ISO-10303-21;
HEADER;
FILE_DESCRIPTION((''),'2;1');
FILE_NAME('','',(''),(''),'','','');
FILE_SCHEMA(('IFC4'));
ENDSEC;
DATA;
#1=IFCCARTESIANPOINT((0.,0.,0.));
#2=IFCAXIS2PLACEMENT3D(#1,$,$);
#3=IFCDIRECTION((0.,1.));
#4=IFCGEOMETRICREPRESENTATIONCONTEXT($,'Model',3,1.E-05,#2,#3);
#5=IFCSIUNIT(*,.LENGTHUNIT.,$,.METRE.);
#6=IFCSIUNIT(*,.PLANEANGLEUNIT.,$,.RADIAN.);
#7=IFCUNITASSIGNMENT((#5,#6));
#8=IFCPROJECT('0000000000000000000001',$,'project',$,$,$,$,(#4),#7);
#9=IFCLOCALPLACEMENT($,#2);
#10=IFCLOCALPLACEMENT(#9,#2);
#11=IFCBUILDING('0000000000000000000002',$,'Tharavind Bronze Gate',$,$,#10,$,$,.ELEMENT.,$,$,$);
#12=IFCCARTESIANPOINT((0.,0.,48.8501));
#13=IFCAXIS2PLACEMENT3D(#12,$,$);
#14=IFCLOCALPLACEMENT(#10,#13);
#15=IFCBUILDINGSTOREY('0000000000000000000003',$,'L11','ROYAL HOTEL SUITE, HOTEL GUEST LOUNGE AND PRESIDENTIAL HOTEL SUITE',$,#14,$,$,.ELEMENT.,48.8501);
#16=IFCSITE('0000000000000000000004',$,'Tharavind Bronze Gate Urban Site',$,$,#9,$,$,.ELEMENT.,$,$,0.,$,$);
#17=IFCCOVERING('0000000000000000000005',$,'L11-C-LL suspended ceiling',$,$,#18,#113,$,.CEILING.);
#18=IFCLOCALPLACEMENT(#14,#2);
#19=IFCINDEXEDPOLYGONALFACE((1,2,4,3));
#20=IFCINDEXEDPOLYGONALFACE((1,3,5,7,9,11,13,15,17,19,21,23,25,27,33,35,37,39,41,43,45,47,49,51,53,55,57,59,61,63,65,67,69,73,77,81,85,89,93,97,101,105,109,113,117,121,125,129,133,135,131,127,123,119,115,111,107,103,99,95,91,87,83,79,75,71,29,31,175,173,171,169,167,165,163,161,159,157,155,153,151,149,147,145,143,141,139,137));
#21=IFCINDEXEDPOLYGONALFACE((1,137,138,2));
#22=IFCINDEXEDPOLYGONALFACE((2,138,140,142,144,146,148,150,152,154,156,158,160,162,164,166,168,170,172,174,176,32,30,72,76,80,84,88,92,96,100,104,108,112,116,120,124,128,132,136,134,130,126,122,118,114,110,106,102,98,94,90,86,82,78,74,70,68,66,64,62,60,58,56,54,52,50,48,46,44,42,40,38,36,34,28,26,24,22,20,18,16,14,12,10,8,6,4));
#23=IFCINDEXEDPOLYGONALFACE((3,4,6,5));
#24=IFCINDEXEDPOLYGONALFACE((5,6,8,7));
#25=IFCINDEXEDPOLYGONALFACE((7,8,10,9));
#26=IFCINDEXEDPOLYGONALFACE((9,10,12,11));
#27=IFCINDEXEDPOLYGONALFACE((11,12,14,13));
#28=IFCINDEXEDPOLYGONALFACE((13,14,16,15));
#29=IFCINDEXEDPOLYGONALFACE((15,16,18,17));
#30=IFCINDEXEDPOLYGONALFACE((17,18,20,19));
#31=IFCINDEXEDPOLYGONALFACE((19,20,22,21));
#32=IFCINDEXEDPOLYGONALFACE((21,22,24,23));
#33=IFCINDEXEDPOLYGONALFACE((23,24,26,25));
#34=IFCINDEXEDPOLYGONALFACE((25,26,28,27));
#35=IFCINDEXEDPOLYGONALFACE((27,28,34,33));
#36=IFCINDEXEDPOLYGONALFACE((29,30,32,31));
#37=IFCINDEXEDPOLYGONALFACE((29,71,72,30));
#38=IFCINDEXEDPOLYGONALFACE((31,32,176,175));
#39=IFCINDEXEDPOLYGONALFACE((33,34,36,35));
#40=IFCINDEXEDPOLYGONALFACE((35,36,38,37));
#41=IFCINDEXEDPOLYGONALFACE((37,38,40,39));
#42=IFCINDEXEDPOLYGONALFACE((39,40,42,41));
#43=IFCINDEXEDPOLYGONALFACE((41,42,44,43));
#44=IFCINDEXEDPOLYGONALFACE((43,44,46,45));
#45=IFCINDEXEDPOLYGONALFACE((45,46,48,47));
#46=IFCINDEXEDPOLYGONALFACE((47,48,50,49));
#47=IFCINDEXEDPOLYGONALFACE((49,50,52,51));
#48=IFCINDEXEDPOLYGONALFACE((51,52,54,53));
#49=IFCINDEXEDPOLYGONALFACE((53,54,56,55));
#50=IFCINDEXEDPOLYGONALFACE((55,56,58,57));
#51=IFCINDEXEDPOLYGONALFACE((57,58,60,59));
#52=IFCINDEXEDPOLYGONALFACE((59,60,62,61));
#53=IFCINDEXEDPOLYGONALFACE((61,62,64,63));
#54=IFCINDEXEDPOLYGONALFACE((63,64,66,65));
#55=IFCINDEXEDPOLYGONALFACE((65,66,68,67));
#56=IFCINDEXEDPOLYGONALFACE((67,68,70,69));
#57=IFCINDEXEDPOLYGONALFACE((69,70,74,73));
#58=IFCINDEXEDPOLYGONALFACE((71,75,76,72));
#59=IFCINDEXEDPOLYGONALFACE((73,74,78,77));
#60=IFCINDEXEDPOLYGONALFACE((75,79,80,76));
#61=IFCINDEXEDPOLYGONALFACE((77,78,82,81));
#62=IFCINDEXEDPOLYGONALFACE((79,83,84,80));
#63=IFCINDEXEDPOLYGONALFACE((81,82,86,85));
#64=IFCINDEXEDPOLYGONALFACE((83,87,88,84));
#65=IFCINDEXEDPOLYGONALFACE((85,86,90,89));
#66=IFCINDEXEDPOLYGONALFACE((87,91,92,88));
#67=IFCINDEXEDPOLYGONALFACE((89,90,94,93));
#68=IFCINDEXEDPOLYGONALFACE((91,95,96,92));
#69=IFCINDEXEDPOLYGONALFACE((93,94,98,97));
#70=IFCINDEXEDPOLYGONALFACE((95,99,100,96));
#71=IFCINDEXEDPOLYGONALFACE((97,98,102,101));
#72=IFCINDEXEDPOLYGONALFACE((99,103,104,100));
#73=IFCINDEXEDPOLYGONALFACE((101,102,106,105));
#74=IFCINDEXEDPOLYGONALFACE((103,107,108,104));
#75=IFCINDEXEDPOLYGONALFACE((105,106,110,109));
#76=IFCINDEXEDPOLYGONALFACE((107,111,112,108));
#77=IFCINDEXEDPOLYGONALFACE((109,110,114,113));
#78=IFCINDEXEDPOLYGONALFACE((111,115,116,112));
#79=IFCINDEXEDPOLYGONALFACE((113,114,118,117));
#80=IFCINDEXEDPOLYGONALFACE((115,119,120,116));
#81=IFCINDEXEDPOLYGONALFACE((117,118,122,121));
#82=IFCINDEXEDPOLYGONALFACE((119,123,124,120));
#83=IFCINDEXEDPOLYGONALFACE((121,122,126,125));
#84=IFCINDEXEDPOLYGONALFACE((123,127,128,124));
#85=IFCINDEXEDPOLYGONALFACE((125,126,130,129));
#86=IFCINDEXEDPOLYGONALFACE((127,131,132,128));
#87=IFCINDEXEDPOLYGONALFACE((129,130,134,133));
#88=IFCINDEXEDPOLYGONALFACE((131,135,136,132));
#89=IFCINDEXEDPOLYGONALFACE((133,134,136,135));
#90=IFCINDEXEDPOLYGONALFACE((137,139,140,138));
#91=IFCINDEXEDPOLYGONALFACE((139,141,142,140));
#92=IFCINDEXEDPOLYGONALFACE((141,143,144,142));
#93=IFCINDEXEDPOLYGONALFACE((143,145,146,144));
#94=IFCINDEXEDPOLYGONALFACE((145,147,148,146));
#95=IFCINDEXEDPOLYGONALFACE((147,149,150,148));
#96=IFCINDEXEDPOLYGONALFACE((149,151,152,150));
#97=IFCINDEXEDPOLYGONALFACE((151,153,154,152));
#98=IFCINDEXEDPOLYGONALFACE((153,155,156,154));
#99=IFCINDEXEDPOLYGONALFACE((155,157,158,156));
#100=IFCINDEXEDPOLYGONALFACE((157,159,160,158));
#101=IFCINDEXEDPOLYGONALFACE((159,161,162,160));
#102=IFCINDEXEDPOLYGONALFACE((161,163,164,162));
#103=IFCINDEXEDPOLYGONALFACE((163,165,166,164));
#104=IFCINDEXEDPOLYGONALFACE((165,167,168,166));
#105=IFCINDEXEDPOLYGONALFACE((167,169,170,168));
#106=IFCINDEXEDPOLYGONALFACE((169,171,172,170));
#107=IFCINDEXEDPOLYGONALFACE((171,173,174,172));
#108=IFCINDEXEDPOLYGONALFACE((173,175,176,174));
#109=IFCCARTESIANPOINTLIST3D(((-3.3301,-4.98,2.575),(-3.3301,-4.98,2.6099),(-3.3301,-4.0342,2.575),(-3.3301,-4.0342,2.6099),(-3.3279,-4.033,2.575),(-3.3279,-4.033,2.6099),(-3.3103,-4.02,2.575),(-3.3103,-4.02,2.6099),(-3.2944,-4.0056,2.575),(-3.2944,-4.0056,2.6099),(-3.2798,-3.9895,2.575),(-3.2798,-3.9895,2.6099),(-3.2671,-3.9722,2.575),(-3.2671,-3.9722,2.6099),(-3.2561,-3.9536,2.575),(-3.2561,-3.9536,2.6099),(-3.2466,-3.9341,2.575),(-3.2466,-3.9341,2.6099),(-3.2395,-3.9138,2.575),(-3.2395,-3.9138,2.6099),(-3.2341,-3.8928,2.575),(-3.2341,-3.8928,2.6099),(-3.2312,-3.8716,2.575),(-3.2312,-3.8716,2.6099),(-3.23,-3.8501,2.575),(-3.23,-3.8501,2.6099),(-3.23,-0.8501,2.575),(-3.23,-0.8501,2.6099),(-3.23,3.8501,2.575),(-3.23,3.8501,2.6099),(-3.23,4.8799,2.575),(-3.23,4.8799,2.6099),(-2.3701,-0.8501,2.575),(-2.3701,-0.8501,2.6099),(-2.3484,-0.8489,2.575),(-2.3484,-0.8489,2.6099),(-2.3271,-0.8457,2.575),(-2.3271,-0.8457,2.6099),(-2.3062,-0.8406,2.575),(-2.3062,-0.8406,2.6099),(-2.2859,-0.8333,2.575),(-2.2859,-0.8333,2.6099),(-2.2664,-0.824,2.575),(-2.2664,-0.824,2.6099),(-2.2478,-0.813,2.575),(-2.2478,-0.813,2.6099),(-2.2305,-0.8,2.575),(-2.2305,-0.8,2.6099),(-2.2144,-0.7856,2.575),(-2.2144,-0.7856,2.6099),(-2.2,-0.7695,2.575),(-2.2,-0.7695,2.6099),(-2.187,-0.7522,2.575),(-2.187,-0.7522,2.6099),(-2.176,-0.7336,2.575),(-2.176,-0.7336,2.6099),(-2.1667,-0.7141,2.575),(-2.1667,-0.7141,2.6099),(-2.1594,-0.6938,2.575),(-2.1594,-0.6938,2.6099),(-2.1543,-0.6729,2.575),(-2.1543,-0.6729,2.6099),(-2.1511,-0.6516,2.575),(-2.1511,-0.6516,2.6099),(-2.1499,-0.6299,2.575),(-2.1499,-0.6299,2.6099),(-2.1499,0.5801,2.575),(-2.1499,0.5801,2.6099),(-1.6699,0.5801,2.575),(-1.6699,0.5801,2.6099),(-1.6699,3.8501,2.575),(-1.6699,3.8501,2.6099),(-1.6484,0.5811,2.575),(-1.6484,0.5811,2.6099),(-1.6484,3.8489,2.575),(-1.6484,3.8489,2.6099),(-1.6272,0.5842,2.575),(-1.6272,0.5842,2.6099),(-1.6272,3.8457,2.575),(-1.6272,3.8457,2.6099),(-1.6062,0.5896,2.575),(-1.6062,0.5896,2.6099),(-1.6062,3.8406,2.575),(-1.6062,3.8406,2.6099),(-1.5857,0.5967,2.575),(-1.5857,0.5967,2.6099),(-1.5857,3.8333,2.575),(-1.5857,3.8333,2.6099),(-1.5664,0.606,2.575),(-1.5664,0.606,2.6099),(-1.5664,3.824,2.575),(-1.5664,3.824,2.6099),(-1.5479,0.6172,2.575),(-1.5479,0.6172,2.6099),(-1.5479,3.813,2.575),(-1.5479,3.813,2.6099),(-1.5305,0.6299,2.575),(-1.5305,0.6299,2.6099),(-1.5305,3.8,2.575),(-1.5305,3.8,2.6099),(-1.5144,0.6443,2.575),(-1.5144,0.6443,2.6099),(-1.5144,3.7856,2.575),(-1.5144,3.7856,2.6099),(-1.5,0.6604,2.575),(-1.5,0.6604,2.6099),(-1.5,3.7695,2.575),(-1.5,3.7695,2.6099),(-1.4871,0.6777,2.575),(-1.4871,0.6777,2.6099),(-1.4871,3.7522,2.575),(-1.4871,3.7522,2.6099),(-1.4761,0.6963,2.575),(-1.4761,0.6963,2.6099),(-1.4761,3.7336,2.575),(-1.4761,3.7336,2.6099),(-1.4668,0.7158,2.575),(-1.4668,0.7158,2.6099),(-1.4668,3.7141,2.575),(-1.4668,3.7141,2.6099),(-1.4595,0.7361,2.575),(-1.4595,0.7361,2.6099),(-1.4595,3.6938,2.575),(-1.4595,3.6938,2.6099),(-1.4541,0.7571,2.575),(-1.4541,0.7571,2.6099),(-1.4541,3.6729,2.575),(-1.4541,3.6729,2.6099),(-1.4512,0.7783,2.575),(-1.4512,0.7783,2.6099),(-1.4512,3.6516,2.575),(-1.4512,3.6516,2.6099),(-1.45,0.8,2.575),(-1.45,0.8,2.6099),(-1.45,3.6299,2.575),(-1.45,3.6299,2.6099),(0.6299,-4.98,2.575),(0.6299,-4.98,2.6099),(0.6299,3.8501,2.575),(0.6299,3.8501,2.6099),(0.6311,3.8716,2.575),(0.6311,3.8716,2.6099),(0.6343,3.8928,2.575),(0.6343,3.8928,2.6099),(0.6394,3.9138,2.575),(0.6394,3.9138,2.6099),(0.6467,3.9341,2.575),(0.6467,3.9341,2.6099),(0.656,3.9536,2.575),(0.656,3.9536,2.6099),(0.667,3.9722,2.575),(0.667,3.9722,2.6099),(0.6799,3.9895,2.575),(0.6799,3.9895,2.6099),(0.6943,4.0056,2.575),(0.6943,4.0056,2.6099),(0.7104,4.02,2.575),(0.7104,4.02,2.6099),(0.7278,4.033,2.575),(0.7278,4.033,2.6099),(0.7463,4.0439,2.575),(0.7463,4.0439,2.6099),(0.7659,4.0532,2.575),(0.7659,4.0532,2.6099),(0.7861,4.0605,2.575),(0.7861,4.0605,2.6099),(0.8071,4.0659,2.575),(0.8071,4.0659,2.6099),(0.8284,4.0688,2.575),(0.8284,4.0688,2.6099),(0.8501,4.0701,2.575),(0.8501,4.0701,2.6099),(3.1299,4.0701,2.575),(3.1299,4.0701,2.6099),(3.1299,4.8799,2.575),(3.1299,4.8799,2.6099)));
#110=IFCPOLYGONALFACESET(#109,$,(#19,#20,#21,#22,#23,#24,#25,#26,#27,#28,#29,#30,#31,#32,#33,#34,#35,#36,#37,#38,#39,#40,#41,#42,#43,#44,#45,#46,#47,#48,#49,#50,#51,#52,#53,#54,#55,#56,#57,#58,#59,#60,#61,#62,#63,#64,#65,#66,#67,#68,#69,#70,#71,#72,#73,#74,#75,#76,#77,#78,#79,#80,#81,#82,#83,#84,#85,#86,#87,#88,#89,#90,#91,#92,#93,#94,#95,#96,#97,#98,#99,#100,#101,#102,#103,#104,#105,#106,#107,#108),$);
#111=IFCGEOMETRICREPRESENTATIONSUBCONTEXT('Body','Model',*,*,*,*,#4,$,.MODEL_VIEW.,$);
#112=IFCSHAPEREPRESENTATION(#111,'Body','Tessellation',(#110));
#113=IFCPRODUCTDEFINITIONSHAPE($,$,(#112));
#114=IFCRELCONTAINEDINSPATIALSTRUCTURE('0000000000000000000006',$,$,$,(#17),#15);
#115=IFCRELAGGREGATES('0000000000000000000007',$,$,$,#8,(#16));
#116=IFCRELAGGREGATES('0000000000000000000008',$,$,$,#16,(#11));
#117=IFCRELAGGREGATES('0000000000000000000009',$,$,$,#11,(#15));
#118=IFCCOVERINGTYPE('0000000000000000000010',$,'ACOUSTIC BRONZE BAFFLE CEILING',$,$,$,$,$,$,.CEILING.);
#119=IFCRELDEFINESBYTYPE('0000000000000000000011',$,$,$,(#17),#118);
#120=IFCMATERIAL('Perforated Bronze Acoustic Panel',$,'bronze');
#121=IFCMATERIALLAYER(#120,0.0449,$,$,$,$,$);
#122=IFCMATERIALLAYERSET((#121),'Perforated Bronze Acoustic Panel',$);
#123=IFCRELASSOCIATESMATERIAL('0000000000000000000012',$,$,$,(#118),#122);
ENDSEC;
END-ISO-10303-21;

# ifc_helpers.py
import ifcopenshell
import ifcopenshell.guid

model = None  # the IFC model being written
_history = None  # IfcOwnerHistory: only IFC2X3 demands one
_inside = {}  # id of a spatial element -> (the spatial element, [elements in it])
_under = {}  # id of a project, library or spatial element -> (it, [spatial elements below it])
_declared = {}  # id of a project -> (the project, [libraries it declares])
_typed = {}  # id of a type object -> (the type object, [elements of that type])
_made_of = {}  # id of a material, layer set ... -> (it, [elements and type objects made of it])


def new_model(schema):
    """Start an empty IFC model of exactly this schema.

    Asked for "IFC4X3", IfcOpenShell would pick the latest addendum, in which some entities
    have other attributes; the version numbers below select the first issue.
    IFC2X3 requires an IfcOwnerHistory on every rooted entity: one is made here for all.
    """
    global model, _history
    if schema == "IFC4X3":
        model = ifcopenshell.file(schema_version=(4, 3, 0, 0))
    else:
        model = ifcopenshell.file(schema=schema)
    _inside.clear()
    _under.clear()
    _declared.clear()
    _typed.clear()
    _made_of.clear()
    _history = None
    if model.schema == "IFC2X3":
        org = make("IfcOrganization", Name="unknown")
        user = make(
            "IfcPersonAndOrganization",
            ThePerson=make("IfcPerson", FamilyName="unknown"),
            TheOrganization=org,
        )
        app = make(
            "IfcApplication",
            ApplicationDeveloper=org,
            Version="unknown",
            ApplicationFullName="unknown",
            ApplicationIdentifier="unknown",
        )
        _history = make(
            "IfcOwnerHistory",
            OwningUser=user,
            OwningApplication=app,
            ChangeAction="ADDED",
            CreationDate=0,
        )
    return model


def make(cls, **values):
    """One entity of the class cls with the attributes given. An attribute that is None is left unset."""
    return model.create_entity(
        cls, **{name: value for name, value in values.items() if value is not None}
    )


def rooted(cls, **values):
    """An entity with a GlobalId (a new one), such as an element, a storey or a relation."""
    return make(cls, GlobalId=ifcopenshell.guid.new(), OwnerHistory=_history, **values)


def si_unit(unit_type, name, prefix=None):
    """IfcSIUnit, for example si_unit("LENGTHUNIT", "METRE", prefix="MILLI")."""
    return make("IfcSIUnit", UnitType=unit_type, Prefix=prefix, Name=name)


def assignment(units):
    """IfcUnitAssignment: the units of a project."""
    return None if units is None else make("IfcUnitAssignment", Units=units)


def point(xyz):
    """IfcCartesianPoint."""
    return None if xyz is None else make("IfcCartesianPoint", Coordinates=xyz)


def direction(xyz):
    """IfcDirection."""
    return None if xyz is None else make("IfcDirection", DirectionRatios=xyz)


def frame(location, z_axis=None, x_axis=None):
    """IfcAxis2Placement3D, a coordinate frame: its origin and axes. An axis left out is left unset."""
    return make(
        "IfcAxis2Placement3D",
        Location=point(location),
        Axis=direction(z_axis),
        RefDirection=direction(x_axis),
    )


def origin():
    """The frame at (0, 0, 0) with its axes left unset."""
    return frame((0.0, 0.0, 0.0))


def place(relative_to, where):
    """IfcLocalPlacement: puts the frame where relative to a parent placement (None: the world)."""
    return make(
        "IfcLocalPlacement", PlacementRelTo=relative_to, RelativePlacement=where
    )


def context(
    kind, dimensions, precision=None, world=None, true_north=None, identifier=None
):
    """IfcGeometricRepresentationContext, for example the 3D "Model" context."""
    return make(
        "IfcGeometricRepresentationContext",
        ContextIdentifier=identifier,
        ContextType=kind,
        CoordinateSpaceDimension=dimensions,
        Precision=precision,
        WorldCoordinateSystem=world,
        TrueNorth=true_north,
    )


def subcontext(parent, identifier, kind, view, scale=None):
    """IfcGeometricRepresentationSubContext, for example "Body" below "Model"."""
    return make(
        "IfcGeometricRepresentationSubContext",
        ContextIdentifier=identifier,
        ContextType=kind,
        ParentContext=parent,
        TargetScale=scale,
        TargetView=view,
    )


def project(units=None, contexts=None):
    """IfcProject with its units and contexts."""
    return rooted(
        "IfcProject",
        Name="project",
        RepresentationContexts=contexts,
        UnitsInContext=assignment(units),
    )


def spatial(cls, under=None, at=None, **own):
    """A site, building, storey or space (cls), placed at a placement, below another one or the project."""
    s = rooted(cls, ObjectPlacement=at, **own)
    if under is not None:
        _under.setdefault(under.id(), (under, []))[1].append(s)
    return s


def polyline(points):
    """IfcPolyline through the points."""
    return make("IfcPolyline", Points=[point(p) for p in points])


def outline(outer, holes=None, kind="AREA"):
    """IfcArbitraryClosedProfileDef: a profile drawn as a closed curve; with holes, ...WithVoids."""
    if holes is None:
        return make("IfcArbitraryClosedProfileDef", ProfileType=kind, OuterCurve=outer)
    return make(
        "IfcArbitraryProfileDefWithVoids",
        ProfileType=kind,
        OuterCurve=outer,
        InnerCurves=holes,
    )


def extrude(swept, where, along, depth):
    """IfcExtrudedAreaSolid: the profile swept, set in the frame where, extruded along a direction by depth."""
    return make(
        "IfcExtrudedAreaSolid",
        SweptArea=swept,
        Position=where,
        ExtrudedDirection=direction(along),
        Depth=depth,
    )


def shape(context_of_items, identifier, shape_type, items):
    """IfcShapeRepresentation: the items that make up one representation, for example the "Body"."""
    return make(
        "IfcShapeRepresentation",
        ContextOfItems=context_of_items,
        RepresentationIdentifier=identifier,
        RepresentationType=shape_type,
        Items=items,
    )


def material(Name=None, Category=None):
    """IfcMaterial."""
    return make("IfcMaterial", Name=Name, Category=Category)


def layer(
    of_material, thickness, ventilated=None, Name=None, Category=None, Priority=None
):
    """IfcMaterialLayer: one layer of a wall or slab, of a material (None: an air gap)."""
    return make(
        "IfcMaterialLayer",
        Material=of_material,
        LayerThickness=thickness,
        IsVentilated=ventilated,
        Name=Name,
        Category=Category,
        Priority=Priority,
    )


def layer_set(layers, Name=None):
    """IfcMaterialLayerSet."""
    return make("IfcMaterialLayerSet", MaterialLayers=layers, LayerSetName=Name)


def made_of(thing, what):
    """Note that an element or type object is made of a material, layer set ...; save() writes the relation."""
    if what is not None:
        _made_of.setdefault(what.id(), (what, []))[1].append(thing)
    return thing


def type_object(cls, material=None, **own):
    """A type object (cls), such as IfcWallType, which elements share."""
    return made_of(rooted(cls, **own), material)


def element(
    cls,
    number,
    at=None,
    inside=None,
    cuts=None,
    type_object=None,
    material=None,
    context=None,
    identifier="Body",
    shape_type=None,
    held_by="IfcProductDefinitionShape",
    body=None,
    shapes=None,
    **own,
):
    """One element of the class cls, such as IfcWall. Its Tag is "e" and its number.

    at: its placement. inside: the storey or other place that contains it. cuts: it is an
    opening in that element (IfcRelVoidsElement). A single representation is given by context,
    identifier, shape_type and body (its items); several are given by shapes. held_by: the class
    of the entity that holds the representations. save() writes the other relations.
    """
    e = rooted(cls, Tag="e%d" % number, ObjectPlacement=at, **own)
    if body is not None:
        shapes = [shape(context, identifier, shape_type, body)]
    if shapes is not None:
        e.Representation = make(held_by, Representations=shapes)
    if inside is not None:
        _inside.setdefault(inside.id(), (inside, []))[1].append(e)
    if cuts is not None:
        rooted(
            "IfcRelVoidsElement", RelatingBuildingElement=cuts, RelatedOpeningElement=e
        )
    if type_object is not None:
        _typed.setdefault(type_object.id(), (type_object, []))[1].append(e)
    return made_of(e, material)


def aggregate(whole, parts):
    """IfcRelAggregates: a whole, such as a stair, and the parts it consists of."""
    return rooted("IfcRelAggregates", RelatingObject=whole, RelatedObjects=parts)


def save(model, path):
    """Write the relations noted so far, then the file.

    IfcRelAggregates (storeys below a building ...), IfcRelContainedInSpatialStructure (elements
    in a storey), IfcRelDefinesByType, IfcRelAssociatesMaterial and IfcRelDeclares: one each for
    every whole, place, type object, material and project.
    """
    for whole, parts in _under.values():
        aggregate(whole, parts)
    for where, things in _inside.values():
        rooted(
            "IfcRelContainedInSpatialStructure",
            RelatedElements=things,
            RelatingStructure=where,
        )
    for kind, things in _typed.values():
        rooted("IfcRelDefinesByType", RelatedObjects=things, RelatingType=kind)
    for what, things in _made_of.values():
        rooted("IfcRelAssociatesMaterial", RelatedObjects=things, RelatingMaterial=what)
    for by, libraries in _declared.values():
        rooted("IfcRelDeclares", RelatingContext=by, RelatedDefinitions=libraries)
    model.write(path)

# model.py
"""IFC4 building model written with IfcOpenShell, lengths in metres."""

from ifc_helpers import new_model, si_unit, direction, frame, origin, place, context, subcontext, project, spatial, polyline, outline, extrude, material, layer, layer_set, type_object, element, save


model = new_model("IFC4")

# Units and contexts
model_context = context("Model", 3, precision=1e-05, world=origin(), true_north=direction((0.0, 1.0)))
body_context = subcontext(model_context, "Body", "Model", "MODEL_VIEW")
ifc_project = project(units=[si_unit("LENGTHUNIT", "METRE"), si_unit("PLANEANGLEUNIT", "RADIAN")], contexts=[model_context])

# Site, building, storey
site_placement = place(None, origin())
site = spatial("IfcSite", under=ifc_project, at=site_placement, Name="Tharavind Bronze Gate Urban Site", CompositionType="ELEMENT", RefElevation=0.0)
building_placement = place(site_placement, origin())
building = spatial("IfcBuilding", under=site, at=building_placement, Name="Tharavind Bronze Gate", CompositionType="ELEMENT")
storey_placement = place(building_placement, frame((0.0, 0.0, 48.8501)))
storey = spatial("IfcBuildingStorey", under=building, at=storey_placement, Name="L11", Description="ROYAL HOTEL SUITE, HOTEL GUEST LOUNGE AND PRESIDENTIAL HOTEL SUITE", CompositionType="ELEMENT", Elevation=48.8501)

# Covering
ifc_material_1 = material(Name="Perforated Bronze Acoustic Panel", Category="bronze")
ifc_layer_1 = layer(ifc_material_1, 0.0449)
ifc_layer_set_1 = layer_set([ifc_layer_1], Name="Perforated Bronze Acoustic Panel")
covering_type_1 = type_object("IfcCoveringType", Name="ACOUSTIC BRONZE BAFFLE CEILING", PredefinedType="CEILING", material=ifc_layer_set_1)
covering_1_placement = place(storey_placement, frame((0.0, 0.0, 2.575)))
element("IfcCovering", 1, at=covering_1_placement, inside=storey, type_object=covering_type_1, Name="L11-C-LL suspended ceiling", PredefinedType="CEILING", context=body_context, shape_type="SweptSolid", body=[
    extrude(outline(polyline([(-3.3301, -4.98), (0.6299, -4.98), (0.6299, 3.8501), (0.6311, 3.8716), (0.6343, 3.8928), (0.6394, 3.9138), (0.6467, 3.9341), (0.656, 3.9536), (0.667, 3.9722), (0.6799, 3.9895), (0.6943, 4.0056), (0.7104, 4.02), (0.7278, 4.033), (0.7463, 4.0439), (0.7659, 4.0532), (0.7861, 4.0605), (0.8071, 4.0659), (0.8284, 4.0688), (0.8501, 4.0701), (3.1299, 4.0701), (3.1299, 4.8799), (-3.23, 4.8799), (-3.23, 3.8501), (-1.6699, 3.8501), (-1.6484, 3.8489), (-1.6272, 3.8457), (-1.6062, 3.8406), (-1.5857, 3.8333), (-1.5664, 3.824), (-1.5479, 3.813), (-1.5305, 3.8), (-1.5144, 3.7856), (-1.5, 3.7695), (-1.4871, 3.7522), (-1.4761, 3.7336), (-1.4668, 3.7141), (-1.4595, 3.6938), (-1.4541, 3.6729), (-1.4512, 3.6516), (-1.45, 3.6299), (-1.45, 0.8), (-1.4512, 0.7783), (-1.4541, 0.7571), (-1.4595, 0.7361), (-1.4668, 0.7158), (-1.4761, 0.6963), (-1.4871, 0.6777), (-1.5, 0.6604), (-1.5144, 0.6443), (-1.5305, 0.6299), (-1.5479, 0.6172), (-1.5664, 0.606), (-1.5857, 0.5967), (-1.6062, 0.5896), (-1.6272, 0.5842), (-1.6484, 0.5811), (-1.6699, 0.5801), (-2.1499, 0.5801), (-2.1499, -0.6299), (-2.1511, -0.6516), (-2.1543, -0.6729), (-2.1594, -0.6938), (-2.1667, -0.7141), (-2.176, -0.7336), (-2.187, -0.7522), (-2.2, -0.7695), (-2.2144, -0.7856), (-2.2305, -0.8), (-2.2478, -0.813), (-2.2664, -0.824), (-2.2859, -0.8333), (-2.3062, -0.8406), (-2.3271, -0.8457), (-2.3484, -0.8489), (-2.3701, -0.8501), (-3.23, -0.8501), (-3.23, -3.8501), (-3.2312, -3.8716), (-3.2341, -3.8928), (-3.2395, -3.9138), (-3.2466, -3.9341), (-3.2561, -3.9536), (-3.2671, -3.9722), (-3.2798, -3.9895), (-3.2944, -4.0056), (-3.3103, -4.02), (-3.3279, -4.033), (-3.3301, -4.0342), (-3.3301, -4.98)])), origin(), (0.0, 0.0, 1.0), 0.0349),
])

save(model, "model.ifc")
